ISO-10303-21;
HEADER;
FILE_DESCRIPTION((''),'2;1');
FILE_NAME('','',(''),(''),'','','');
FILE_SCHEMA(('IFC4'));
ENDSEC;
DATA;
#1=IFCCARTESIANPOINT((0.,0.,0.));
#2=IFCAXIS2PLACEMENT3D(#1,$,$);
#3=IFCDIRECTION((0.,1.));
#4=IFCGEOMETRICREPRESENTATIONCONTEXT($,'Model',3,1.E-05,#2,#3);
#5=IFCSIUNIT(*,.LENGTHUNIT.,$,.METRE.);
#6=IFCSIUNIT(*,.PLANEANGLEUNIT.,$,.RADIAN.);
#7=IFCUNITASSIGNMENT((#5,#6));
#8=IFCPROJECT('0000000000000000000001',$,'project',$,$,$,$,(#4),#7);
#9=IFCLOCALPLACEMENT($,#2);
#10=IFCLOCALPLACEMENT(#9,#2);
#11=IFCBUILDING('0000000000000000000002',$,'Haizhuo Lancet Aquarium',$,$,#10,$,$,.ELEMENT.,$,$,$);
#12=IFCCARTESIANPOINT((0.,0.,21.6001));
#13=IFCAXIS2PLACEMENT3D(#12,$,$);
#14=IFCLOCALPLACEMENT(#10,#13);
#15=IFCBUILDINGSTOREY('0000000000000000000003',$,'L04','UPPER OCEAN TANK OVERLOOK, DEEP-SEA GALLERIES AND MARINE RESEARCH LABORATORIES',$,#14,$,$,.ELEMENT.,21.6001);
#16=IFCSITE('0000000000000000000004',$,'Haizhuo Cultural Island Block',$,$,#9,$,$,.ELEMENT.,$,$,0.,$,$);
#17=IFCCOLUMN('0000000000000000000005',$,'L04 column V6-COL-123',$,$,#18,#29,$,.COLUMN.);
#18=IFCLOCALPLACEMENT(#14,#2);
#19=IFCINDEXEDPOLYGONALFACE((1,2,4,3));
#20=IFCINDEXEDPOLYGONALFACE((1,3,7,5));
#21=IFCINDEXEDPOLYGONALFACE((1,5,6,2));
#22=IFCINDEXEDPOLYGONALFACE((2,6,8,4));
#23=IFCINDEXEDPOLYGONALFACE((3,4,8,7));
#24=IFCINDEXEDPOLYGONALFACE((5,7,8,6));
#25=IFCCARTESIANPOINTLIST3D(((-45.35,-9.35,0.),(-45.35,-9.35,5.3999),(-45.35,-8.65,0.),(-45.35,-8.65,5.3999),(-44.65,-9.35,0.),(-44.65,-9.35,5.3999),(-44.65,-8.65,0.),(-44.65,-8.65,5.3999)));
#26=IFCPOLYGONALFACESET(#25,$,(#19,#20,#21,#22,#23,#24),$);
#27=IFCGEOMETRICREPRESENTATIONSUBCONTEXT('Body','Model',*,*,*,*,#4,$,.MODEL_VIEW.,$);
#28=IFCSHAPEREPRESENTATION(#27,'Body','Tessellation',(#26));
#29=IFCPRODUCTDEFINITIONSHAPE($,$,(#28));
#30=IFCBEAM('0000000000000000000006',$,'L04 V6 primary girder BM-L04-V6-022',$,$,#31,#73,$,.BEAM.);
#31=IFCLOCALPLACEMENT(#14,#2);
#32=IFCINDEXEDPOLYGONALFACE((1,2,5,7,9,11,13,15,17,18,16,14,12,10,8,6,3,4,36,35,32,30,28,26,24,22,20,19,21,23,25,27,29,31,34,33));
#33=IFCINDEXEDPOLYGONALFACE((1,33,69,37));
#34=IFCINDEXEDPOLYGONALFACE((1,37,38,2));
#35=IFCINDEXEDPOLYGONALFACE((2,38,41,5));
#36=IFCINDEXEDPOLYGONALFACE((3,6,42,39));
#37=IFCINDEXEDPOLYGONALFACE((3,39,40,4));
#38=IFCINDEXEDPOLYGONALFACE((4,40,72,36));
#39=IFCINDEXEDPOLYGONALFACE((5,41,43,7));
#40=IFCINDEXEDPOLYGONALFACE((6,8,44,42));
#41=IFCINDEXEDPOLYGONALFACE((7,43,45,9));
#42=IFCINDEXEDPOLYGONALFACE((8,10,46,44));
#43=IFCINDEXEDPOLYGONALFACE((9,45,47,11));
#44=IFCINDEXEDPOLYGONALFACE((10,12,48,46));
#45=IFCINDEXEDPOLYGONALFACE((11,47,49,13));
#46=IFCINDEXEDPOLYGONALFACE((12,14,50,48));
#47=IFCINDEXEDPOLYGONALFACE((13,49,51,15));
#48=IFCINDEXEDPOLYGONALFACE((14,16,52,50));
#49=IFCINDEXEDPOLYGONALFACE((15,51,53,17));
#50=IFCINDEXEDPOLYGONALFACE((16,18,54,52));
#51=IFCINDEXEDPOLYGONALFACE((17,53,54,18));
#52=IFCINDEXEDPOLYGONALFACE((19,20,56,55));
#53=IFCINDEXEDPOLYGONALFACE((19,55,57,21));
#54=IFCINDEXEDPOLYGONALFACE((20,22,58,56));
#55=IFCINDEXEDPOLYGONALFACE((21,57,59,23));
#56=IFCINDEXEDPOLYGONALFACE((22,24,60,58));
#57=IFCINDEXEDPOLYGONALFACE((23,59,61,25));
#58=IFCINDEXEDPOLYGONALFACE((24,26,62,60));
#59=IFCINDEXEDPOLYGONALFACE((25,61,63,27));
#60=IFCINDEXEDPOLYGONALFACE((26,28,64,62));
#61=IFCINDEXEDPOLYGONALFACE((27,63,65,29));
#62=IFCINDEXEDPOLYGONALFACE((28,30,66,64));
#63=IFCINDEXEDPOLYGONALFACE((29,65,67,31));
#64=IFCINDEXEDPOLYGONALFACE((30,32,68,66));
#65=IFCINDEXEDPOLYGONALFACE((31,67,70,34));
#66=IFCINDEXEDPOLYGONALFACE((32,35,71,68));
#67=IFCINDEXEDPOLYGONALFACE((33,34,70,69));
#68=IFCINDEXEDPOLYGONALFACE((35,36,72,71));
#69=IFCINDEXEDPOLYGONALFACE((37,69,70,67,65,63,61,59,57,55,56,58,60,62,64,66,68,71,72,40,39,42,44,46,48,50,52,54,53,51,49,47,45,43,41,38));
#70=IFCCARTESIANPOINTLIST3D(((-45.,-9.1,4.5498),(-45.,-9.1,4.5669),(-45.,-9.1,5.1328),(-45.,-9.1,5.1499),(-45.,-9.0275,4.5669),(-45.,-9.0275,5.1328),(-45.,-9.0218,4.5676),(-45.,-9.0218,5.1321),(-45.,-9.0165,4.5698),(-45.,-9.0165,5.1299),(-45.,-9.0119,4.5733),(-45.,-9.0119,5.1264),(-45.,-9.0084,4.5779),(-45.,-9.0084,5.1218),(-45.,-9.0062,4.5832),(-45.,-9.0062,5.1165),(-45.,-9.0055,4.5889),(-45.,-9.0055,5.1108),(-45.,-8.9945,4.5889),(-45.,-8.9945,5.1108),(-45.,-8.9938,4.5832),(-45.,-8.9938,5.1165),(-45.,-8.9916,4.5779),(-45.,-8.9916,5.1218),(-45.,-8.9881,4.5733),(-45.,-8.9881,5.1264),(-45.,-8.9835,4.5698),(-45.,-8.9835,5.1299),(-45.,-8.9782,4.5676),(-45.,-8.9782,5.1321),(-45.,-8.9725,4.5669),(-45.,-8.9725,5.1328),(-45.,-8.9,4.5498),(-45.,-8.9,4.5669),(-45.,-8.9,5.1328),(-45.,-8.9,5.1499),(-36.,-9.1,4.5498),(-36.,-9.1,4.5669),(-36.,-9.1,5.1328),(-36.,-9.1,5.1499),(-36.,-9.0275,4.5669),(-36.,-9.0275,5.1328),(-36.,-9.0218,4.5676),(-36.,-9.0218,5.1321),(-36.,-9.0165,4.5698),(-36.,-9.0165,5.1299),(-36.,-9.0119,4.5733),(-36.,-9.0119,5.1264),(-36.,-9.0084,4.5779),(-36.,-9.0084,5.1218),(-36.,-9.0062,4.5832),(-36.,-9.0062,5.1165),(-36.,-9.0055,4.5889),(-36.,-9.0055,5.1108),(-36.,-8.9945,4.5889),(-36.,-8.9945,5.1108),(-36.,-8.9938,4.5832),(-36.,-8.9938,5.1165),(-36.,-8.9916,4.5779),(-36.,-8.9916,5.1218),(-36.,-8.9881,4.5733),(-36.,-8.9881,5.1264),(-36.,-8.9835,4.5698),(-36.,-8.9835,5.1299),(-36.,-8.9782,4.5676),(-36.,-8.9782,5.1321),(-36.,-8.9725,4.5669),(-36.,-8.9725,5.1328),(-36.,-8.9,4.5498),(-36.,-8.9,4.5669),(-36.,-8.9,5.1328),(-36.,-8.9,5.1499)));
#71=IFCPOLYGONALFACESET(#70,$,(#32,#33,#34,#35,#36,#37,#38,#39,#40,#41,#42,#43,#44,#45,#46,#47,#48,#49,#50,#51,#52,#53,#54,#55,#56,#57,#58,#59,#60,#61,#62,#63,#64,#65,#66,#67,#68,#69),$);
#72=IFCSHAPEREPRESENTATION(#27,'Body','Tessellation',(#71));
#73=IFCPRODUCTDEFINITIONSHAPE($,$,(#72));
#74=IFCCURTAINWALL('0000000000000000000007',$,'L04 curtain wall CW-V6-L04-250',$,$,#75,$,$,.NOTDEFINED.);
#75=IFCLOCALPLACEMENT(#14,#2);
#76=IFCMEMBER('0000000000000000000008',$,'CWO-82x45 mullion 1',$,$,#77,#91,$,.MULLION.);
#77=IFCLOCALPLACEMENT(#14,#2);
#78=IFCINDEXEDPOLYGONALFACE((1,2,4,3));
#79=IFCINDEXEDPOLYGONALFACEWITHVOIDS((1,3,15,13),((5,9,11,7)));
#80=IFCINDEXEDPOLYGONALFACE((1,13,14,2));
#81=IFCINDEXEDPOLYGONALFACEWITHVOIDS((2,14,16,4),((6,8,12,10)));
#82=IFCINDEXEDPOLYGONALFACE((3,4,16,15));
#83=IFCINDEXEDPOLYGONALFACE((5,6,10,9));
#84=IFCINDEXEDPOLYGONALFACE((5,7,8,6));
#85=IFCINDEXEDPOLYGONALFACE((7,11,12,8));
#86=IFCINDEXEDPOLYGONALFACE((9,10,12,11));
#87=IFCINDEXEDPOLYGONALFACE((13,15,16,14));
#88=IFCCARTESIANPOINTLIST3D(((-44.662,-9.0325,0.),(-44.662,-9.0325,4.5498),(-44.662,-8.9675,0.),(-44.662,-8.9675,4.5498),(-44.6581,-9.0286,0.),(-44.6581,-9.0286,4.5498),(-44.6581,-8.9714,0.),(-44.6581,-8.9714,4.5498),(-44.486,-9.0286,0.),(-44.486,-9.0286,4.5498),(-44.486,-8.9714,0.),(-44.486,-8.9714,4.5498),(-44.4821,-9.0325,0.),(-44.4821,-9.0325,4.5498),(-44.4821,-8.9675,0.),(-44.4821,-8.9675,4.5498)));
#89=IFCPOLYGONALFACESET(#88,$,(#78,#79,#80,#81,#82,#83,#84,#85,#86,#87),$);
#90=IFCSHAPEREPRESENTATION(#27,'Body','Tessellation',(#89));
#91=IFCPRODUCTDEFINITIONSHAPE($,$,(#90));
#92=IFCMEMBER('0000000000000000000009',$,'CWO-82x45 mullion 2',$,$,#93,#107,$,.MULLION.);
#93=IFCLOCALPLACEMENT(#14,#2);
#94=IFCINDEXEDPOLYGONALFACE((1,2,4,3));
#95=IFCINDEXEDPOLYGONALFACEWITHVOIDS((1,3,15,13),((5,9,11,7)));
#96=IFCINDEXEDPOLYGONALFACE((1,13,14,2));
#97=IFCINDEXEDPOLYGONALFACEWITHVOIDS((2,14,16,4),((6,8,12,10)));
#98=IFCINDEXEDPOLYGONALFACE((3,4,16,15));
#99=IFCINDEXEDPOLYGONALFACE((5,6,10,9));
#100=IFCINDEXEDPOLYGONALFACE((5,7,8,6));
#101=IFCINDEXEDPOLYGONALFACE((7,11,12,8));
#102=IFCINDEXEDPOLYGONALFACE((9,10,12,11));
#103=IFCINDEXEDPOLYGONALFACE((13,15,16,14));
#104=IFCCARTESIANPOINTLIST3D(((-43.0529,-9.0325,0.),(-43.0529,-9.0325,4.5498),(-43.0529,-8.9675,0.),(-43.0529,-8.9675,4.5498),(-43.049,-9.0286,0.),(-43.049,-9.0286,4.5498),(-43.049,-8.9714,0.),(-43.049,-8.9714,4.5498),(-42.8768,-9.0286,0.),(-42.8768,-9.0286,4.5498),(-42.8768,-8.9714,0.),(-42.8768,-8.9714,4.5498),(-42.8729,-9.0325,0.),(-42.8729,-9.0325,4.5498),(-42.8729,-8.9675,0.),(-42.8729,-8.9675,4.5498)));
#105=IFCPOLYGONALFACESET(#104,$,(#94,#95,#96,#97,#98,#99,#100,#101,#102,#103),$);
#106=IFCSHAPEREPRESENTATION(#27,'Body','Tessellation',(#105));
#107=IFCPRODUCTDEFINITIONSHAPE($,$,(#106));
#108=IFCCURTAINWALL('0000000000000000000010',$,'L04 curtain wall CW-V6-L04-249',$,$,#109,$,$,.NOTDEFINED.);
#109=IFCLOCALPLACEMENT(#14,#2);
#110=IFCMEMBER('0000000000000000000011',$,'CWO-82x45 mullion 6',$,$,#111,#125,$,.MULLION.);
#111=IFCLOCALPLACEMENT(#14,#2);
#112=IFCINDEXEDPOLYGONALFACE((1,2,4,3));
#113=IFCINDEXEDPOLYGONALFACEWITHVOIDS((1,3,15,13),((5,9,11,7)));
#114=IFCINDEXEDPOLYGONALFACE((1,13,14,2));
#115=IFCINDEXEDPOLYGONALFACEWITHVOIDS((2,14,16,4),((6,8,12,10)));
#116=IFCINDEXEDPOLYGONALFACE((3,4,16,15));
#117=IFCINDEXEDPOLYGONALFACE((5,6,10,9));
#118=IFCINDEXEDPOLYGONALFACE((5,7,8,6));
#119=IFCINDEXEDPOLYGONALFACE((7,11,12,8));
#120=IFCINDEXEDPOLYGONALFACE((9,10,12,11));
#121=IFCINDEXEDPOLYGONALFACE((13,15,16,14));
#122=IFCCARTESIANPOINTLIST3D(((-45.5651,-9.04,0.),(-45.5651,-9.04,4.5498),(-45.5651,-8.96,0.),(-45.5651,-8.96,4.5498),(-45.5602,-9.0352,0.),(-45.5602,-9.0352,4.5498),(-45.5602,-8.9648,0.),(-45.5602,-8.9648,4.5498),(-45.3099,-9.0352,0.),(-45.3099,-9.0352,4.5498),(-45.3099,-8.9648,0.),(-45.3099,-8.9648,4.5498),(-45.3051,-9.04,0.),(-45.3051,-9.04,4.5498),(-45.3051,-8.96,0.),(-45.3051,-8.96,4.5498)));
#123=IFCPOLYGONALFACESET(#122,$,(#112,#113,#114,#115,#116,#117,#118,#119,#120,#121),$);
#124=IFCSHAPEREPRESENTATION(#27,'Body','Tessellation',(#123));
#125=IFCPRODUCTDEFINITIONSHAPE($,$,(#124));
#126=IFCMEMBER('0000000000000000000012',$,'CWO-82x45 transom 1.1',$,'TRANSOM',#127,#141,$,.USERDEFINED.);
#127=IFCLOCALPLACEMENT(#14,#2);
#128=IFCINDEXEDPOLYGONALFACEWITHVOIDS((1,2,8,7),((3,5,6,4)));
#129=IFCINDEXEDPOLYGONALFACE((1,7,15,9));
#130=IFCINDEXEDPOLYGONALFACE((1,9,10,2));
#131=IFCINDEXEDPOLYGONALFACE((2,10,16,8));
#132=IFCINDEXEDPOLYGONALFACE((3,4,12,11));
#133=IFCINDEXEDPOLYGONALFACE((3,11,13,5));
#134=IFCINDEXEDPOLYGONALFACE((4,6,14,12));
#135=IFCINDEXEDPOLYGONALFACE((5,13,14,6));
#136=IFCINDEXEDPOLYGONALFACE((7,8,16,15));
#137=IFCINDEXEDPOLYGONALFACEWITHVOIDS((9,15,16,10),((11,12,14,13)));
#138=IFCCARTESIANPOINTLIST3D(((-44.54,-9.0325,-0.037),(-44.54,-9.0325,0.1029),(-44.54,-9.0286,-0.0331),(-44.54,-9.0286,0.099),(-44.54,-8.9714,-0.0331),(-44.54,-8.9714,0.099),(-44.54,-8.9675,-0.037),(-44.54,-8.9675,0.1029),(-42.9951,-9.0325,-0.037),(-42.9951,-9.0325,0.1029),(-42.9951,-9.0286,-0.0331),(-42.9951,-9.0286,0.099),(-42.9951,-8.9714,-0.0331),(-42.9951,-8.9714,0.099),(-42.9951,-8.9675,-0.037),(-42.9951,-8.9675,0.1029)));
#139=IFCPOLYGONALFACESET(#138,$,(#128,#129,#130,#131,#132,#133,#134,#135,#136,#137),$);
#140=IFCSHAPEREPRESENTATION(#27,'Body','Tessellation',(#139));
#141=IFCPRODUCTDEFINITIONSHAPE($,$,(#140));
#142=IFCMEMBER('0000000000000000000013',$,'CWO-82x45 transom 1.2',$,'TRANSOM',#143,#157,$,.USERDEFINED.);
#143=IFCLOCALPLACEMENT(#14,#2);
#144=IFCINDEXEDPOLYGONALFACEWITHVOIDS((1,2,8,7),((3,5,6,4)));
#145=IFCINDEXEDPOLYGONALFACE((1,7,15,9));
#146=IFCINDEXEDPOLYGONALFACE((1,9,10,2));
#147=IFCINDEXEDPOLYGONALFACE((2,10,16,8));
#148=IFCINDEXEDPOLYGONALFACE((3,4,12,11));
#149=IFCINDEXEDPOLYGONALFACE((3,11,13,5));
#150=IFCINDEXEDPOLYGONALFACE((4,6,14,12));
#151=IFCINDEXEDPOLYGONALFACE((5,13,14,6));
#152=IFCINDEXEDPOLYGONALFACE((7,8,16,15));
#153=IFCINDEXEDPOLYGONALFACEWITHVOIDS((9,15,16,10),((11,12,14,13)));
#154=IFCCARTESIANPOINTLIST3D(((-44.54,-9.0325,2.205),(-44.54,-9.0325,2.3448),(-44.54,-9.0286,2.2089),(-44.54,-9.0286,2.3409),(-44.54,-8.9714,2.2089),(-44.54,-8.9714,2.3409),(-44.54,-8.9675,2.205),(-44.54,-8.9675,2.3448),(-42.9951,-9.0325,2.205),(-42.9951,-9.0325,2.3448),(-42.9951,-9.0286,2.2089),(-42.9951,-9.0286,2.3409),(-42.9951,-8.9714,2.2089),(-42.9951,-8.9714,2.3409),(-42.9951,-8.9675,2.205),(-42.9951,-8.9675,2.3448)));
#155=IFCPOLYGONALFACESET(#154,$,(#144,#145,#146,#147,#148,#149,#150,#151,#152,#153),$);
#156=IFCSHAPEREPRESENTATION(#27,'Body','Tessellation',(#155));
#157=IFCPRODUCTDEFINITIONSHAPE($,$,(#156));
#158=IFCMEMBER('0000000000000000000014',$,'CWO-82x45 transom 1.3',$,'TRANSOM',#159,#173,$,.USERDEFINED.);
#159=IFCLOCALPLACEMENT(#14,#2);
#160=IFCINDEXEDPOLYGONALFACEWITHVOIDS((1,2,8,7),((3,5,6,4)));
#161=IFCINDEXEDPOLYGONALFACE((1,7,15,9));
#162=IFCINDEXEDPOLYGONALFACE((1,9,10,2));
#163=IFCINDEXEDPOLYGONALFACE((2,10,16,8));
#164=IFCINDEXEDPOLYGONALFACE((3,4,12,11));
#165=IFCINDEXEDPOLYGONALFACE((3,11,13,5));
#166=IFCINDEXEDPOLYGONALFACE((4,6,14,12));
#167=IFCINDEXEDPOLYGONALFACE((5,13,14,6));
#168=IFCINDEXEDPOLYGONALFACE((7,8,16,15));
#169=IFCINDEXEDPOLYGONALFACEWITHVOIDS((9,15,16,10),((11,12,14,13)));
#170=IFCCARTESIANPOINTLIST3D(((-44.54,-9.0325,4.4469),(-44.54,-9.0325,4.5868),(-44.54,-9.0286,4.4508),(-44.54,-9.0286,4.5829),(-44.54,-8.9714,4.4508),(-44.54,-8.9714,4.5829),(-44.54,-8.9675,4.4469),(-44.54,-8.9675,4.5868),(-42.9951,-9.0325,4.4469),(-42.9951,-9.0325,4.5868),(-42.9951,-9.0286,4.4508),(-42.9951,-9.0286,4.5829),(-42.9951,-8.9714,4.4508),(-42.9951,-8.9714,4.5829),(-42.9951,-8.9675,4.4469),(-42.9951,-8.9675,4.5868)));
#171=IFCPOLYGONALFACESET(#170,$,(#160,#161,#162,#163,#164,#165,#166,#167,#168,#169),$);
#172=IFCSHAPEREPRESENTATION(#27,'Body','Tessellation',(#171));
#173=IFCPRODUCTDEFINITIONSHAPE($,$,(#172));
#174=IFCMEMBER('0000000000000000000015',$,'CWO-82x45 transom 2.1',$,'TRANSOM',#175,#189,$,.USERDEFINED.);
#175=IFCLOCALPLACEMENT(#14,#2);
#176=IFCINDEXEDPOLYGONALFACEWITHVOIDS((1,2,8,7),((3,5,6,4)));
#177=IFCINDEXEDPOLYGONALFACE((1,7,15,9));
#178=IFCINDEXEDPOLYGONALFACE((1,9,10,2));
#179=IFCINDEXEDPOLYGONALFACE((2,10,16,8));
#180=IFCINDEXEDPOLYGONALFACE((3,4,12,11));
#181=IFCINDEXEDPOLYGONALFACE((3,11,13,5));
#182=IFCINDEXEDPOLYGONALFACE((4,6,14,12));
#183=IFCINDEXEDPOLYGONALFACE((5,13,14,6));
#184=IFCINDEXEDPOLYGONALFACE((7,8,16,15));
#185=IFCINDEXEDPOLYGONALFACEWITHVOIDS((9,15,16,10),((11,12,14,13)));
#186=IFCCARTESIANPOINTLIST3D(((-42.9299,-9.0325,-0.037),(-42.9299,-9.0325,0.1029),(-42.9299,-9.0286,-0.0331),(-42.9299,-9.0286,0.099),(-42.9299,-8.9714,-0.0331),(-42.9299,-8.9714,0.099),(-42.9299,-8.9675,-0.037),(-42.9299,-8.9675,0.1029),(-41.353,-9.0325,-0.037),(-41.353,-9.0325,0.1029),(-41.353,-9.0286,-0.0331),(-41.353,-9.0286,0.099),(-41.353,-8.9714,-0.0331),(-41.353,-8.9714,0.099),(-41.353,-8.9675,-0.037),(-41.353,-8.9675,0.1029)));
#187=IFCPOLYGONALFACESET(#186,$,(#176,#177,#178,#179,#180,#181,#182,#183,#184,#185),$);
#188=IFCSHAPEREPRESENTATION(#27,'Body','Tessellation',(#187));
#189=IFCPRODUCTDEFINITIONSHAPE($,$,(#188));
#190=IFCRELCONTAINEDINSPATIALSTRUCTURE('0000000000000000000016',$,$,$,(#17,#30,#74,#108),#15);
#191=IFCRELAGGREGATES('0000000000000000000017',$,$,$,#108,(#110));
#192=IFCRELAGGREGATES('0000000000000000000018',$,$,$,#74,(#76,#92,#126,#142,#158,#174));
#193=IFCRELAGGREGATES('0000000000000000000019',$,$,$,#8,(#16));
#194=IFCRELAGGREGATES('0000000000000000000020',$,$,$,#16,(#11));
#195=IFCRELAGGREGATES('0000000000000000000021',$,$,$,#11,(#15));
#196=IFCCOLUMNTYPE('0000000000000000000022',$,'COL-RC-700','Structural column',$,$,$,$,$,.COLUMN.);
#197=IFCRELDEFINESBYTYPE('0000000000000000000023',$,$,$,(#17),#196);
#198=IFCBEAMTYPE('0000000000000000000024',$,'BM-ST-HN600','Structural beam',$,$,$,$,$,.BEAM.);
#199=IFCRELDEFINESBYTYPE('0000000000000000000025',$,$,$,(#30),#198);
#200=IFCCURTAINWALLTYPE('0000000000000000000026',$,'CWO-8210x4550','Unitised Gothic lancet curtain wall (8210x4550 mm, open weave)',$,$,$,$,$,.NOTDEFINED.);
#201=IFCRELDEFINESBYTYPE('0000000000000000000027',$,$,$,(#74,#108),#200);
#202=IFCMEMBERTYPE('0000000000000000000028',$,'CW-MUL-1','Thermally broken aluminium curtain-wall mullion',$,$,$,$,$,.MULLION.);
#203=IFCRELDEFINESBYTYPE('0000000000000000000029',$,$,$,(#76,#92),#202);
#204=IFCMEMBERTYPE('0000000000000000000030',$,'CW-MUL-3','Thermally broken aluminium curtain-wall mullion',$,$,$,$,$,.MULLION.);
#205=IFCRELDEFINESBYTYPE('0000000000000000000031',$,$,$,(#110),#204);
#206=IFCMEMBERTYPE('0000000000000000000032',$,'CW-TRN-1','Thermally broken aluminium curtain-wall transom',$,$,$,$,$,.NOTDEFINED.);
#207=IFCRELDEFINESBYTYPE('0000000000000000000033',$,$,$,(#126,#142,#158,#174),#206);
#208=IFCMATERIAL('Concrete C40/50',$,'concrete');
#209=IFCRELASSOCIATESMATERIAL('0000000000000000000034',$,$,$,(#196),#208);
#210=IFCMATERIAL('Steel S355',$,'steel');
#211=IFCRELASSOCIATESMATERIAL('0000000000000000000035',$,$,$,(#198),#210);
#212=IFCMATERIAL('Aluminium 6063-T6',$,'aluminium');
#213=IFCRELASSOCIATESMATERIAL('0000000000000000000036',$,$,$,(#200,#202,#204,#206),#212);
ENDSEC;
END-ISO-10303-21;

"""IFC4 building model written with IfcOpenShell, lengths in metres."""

from ifc_helpers import new_model, si_unit, direction, frame, origin, origin_2d, place, context, subcontext, project, spatial, rectangle, hollow_rectangle, i_section, extrude, material, material_profile, profile_set, type_object, element, aggregate, save


model = new_model("IFC4")

# Units and contexts
model_context = context("Model", 3, precision=1e-05, world=origin(), true_north=direction((0.0, 1.0)))
body_context = subcontext(model_context, "Body", "Model", "MODEL_VIEW")
ifc_project = project(units=[si_unit("LENGTHUNIT", "METRE"), si_unit("PLANEANGLEUNIT", "RADIAN")], contexts=[model_context])

# Site, building, storey
site_placement = place(None, origin())
site = spatial("IfcSite", under=ifc_project, at=site_placement, Name="Haizhuo Cultural Island Block", CompositionType="ELEMENT", RefElevation=0.0)
building_placement = place(site_placement, origin())
building = spatial("IfcBuilding", under=site, at=building_placement, Name="Haizhuo Lancet Aquarium", CompositionType="ELEMENT")
storey_placement = place(building_placement, frame((0.0, 0.0, 21.6001)))
storey = spatial("IfcBuildingStorey", under=building, at=storey_placement, Name="L04", Description="UPPER OCEAN TANK OVERLOOK, DEEP-SEA GALLERIES AND MARINE RESEARCH LABORATORIES", CompositionType="ELEMENT", Elevation=21.6001)

# Column
ifc_material_1 = material(Name="Concrete C40/50", Category="concrete")
ifc_material_profile_1 = material_profile(ifc_material_1, rectangle(XDim=0.7, YDim=0.7, at=origin_2d()), Name="RC-COL 700x700")
ifc_profile_set_1 = profile_set([ifc_material_profile_1], Name="Concrete C40/50")
column_type = type_object("IfcColumnType", Name="COL-RC-700", Description="Structural column", PredefinedType="COLUMN", material=ifc_profile_set_1)
column_placement = place(storey_placement, frame((-45.0, -9.0, 0.0), z_axis=(0.0, 0.0, 1.0), x_axis=(1.0, 0.0, 0.0)))
element("IfcColumn", 1, at=column_placement, inside=storey, type_object=column_type, Name="L04 column V6-COL-123", PredefinedType="COLUMN", context=body_context, shape_type="SweptSolid", body=[
    extrude(rectangle(XDim=0.7, YDim=0.7, at=origin_2d()), origin(), (0.0, 0.0, 1.0), 5.3999),
])

# Beam
ifc_material_2 = material(Name="Steel S355", Category="steel")
ifc_material_profile_2 = material_profile(ifc_material_2, i_section(OverallWidth=0.2, OverallDepth=0.6001, WebThickness=0.011, FlangeThickness=0.0171, FilletRadius=0.022, at=origin_2d()), Name="HN 600x200x11x17")
ifc_profile_set_2 = profile_set([ifc_material_profile_2], Name="Steel S355")
beam_type = type_object("IfcBeamType", Name="BM-ST-HN600", Description="Structural beam", PredefinedType="BEAM", material=ifc_profile_set_2)
beam_placement = place(storey_placement, frame((-45.0, -9.0, 4.8499), z_axis=(1.0, 0.0, 0.0), x_axis=(0.0, 1.0, 0.0)))
element("IfcBeam", 2, at=beam_placement, inside=storey, type_object=beam_type, Name="L04 V6 primary girder BM-L04-V6-022", PredefinedType="BEAM", context=body_context, shape_type="SweptSolid", body=[
    extrude(i_section(OverallWidth=0.2, OverallDepth=0.6001, WebThickness=0.011, FlangeThickness=0.0171, FilletRadius=0.022, at=origin_2d()), origin(), (0.0, 0.0, 1.0), 9.0),
])

# Curtain wall, members
ifc_material_3 = material(Name="Aluminium 6063-T6", Category="aluminium")
curtain_wall_type = type_object("IfcCurtainWallType", Name="CWO-8210x4550", Description="Unitised Gothic lancet curtain wall (8210x4550 mm, open weave)", PredefinedType="NOTDEFINED", material=ifc_material_3)
curtain_wall_1_placement = place(storey_placement, origin())
curtain_wall_1 = element("IfcCurtainWall", 3, at=curtain_wall_1_placement, inside=storey, type_object=curtain_wall_type, Name="L04 curtain wall CW-V6-L04-250", PredefinedType="NOTDEFINED")
ifc_material_profile_3 = material_profile(ifc_material_3, hollow_rectangle(XDim=0.0649, YDim=0.1799, WallThickness=0.0039, at=origin_2d()), Name="ALU-M 65x180x4")
ifc_profile_set_3 = profile_set([ifc_material_profile_3], Name="Aluminium 6063-T6")
member_type_1 = type_object("IfcMemberType", Name="CW-MUL-1", Description="Thermally broken aluminium curtain-wall mullion", PredefinedType="MULLION", material=ifc_profile_set_3)
member_1_placement = place(storey_placement, frame((-44.572, -9.0, 0.0), z_axis=(0.0, 0.0, 1.0), x_axis=(0.0, 1.0, 0.0)))
member_1 = element("IfcMember", 4, at=member_1_placement, type_object=member_type_1, Name="CWO-82x45 mullion 1", PredefinedType="MULLION", context=body_context, shape_type="SweptSolid", body=[
    extrude(hollow_rectangle(XDim=0.0649, YDim=0.1799, WallThickness=0.0039, at=origin_2d()), origin(), (0.0, 0.0, 1.0), 4.5498),
])
member_2_placement = place(storey_placement, frame((-42.9629, -9.0, 0.0), z_axis=(0.0, 0.0, 1.0), x_axis=(0.0, 1.0, 0.0)))
member_2 = element("IfcMember", 5, at=member_2_placement, type_object=member_type_1, Name="CWO-82x45 mullion 2", PredefinedType="MULLION", context=body_context, shape_type="SweptSolid", body=[
    extrude(hollow_rectangle(XDim=0.0649, YDim=0.1799, WallThickness=0.0039, at=origin_2d()), origin(), (0.0, 0.0, 1.0), 4.5498),
])

# Curtain wall, member
curtain_wall_2_placement = place(storey_placement, origin())
curtain_wall_2 = element("IfcCurtainWall", 6, at=curtain_wall_2_placement, inside=storey, type_object=curtain_wall_type, Name="L04 curtain wall CW-V6-L04-249", PredefinedType="NOTDEFINED")
ifc_material_profile_4 = material_profile(ifc_material_3, hollow_rectangle(XDim=0.0801, YDim=0.26, WallThickness=0.0049, at=origin_2d()), Name="ALU-M 80x260x5")
ifc_profile_set_4 = profile_set([ifc_material_profile_4], Name="Aluminium 6063-T6")
member_type_2 = type_object("IfcMemberType", Name="CW-MUL-3", Description="Thermally broken aluminium curtain-wall mullion", PredefinedType="MULLION", material=ifc_profile_set_4)
member_3_placement = place(storey_placement, frame((-45.4351, -9.0, 0.0), z_axis=(0.0, 0.0, 1.0), x_axis=(0.0, 1.0, 0.0)))
member_3 = element("IfcMember", 7, at=member_3_placement, type_object=member_type_2, Name="CWO-82x45 mullion 6", PredefinedType="MULLION", context=body_context, shape_type="SweptSolid", body=[
    extrude(hollow_rectangle(XDim=0.0801, YDim=0.26, WallThickness=0.0049, at=origin_2d()), origin(), (0.0, 0.0, 1.0), 4.5498),
])

# Members
ifc_material_profile_5 = material_profile(ifc_material_3, hollow_rectangle(XDim=0.0649, YDim=0.1399, WallThickness=0.0039, at=origin_2d()), Name="ALU-T 65x140x4")
ifc_profile_set_5 = profile_set([ifc_material_profile_5], Name="Aluminium 6063-T6")
member_type_3 = type_object("IfcMemberType", Name="CW-TRN-1", Description="Thermally broken aluminium curtain-wall transom", PredefinedType="NOTDEFINED", material=ifc_profile_set_5)
member_4_placement = place(storey_placement, frame((-44.54, -9.0, 0.033), z_axis=(1.0, 0.0, 0.0), x_axis=(0.0, 1.0, 0.0)))
member_4 = element("IfcMember", 8, at=member_4_placement, type_object=member_type_3, Name="CWO-82x45 transom 1.1", ObjectType="TRANSOM", PredefinedType="USERDEFINED", context=body_context, shape_type="SweptSolid", body=[
    extrude(hollow_rectangle(XDim=0.0649, YDim=0.1399, WallThickness=0.0039, at=origin_2d()), origin(), (0.0, 0.0, 1.0), 1.5449),
])
member_5_placement = place(storey_placement, frame((-44.54, -9.0, 2.2749), z_axis=(1.0, 0.0, 0.0), x_axis=(0.0, 1.0, 0.0)))
member_5 = element("IfcMember", 9, at=member_5_placement, type_object=member_type_3, Name="CWO-82x45 transom 1.2", ObjectType="TRANSOM", PredefinedType="USERDEFINED", context=body_context, shape_type="SweptSolid", body=[
    extrude(hollow_rectangle(XDim=0.0649, YDim=0.1399, WallThickness=0.0039, at=origin_2d()), origin(), (0.0, 0.0, 1.0), 1.5449),
])
member_6_placement = place(storey_placement, frame((-44.54, -9.0, 4.5168), z_axis=(1.0, 0.0, 0.0), x_axis=(0.0, 1.0, 0.0)))
member_6 = element("IfcMember", 10, at=member_6_placement, type_object=member_type_3, Name="CWO-82x45 transom 1.3", ObjectType="TRANSOM", PredefinedType="USERDEFINED", context=body_context, shape_type="SweptSolid", body=[
    extrude(hollow_rectangle(XDim=0.0649, YDim=0.1399, WallThickness=0.0039, at=origin_2d()), origin(), (0.0, 0.0, 1.0), 1.5449),
])
member_7_placement = place(storey_placement, frame((-42.9299, -9.0, 0.033), z_axis=(1.0, 0.0, 0.0), x_axis=(0.0, 1.0, 0.0)))
member_7 = element("IfcMember", 11, at=member_7_placement, type_object=member_type_3, Name="CWO-82x45 transom 2.1", ObjectType="TRANSOM", PredefinedType="USERDEFINED", context=body_context, shape_type="SweptSolid", body=[
    extrude(hollow_rectangle(XDim=0.0649, YDim=0.1399, WallThickness=0.0039, at=origin_2d()), origin(), (0.0, 0.0, 1.0), 1.5769),
])

aggregate(curtain_wall_2, [member_3])
aggregate(curtain_wall_1, [member_1, member_2, member_4, member_5, member_6, member_7])

save(model, "model.ifc")
